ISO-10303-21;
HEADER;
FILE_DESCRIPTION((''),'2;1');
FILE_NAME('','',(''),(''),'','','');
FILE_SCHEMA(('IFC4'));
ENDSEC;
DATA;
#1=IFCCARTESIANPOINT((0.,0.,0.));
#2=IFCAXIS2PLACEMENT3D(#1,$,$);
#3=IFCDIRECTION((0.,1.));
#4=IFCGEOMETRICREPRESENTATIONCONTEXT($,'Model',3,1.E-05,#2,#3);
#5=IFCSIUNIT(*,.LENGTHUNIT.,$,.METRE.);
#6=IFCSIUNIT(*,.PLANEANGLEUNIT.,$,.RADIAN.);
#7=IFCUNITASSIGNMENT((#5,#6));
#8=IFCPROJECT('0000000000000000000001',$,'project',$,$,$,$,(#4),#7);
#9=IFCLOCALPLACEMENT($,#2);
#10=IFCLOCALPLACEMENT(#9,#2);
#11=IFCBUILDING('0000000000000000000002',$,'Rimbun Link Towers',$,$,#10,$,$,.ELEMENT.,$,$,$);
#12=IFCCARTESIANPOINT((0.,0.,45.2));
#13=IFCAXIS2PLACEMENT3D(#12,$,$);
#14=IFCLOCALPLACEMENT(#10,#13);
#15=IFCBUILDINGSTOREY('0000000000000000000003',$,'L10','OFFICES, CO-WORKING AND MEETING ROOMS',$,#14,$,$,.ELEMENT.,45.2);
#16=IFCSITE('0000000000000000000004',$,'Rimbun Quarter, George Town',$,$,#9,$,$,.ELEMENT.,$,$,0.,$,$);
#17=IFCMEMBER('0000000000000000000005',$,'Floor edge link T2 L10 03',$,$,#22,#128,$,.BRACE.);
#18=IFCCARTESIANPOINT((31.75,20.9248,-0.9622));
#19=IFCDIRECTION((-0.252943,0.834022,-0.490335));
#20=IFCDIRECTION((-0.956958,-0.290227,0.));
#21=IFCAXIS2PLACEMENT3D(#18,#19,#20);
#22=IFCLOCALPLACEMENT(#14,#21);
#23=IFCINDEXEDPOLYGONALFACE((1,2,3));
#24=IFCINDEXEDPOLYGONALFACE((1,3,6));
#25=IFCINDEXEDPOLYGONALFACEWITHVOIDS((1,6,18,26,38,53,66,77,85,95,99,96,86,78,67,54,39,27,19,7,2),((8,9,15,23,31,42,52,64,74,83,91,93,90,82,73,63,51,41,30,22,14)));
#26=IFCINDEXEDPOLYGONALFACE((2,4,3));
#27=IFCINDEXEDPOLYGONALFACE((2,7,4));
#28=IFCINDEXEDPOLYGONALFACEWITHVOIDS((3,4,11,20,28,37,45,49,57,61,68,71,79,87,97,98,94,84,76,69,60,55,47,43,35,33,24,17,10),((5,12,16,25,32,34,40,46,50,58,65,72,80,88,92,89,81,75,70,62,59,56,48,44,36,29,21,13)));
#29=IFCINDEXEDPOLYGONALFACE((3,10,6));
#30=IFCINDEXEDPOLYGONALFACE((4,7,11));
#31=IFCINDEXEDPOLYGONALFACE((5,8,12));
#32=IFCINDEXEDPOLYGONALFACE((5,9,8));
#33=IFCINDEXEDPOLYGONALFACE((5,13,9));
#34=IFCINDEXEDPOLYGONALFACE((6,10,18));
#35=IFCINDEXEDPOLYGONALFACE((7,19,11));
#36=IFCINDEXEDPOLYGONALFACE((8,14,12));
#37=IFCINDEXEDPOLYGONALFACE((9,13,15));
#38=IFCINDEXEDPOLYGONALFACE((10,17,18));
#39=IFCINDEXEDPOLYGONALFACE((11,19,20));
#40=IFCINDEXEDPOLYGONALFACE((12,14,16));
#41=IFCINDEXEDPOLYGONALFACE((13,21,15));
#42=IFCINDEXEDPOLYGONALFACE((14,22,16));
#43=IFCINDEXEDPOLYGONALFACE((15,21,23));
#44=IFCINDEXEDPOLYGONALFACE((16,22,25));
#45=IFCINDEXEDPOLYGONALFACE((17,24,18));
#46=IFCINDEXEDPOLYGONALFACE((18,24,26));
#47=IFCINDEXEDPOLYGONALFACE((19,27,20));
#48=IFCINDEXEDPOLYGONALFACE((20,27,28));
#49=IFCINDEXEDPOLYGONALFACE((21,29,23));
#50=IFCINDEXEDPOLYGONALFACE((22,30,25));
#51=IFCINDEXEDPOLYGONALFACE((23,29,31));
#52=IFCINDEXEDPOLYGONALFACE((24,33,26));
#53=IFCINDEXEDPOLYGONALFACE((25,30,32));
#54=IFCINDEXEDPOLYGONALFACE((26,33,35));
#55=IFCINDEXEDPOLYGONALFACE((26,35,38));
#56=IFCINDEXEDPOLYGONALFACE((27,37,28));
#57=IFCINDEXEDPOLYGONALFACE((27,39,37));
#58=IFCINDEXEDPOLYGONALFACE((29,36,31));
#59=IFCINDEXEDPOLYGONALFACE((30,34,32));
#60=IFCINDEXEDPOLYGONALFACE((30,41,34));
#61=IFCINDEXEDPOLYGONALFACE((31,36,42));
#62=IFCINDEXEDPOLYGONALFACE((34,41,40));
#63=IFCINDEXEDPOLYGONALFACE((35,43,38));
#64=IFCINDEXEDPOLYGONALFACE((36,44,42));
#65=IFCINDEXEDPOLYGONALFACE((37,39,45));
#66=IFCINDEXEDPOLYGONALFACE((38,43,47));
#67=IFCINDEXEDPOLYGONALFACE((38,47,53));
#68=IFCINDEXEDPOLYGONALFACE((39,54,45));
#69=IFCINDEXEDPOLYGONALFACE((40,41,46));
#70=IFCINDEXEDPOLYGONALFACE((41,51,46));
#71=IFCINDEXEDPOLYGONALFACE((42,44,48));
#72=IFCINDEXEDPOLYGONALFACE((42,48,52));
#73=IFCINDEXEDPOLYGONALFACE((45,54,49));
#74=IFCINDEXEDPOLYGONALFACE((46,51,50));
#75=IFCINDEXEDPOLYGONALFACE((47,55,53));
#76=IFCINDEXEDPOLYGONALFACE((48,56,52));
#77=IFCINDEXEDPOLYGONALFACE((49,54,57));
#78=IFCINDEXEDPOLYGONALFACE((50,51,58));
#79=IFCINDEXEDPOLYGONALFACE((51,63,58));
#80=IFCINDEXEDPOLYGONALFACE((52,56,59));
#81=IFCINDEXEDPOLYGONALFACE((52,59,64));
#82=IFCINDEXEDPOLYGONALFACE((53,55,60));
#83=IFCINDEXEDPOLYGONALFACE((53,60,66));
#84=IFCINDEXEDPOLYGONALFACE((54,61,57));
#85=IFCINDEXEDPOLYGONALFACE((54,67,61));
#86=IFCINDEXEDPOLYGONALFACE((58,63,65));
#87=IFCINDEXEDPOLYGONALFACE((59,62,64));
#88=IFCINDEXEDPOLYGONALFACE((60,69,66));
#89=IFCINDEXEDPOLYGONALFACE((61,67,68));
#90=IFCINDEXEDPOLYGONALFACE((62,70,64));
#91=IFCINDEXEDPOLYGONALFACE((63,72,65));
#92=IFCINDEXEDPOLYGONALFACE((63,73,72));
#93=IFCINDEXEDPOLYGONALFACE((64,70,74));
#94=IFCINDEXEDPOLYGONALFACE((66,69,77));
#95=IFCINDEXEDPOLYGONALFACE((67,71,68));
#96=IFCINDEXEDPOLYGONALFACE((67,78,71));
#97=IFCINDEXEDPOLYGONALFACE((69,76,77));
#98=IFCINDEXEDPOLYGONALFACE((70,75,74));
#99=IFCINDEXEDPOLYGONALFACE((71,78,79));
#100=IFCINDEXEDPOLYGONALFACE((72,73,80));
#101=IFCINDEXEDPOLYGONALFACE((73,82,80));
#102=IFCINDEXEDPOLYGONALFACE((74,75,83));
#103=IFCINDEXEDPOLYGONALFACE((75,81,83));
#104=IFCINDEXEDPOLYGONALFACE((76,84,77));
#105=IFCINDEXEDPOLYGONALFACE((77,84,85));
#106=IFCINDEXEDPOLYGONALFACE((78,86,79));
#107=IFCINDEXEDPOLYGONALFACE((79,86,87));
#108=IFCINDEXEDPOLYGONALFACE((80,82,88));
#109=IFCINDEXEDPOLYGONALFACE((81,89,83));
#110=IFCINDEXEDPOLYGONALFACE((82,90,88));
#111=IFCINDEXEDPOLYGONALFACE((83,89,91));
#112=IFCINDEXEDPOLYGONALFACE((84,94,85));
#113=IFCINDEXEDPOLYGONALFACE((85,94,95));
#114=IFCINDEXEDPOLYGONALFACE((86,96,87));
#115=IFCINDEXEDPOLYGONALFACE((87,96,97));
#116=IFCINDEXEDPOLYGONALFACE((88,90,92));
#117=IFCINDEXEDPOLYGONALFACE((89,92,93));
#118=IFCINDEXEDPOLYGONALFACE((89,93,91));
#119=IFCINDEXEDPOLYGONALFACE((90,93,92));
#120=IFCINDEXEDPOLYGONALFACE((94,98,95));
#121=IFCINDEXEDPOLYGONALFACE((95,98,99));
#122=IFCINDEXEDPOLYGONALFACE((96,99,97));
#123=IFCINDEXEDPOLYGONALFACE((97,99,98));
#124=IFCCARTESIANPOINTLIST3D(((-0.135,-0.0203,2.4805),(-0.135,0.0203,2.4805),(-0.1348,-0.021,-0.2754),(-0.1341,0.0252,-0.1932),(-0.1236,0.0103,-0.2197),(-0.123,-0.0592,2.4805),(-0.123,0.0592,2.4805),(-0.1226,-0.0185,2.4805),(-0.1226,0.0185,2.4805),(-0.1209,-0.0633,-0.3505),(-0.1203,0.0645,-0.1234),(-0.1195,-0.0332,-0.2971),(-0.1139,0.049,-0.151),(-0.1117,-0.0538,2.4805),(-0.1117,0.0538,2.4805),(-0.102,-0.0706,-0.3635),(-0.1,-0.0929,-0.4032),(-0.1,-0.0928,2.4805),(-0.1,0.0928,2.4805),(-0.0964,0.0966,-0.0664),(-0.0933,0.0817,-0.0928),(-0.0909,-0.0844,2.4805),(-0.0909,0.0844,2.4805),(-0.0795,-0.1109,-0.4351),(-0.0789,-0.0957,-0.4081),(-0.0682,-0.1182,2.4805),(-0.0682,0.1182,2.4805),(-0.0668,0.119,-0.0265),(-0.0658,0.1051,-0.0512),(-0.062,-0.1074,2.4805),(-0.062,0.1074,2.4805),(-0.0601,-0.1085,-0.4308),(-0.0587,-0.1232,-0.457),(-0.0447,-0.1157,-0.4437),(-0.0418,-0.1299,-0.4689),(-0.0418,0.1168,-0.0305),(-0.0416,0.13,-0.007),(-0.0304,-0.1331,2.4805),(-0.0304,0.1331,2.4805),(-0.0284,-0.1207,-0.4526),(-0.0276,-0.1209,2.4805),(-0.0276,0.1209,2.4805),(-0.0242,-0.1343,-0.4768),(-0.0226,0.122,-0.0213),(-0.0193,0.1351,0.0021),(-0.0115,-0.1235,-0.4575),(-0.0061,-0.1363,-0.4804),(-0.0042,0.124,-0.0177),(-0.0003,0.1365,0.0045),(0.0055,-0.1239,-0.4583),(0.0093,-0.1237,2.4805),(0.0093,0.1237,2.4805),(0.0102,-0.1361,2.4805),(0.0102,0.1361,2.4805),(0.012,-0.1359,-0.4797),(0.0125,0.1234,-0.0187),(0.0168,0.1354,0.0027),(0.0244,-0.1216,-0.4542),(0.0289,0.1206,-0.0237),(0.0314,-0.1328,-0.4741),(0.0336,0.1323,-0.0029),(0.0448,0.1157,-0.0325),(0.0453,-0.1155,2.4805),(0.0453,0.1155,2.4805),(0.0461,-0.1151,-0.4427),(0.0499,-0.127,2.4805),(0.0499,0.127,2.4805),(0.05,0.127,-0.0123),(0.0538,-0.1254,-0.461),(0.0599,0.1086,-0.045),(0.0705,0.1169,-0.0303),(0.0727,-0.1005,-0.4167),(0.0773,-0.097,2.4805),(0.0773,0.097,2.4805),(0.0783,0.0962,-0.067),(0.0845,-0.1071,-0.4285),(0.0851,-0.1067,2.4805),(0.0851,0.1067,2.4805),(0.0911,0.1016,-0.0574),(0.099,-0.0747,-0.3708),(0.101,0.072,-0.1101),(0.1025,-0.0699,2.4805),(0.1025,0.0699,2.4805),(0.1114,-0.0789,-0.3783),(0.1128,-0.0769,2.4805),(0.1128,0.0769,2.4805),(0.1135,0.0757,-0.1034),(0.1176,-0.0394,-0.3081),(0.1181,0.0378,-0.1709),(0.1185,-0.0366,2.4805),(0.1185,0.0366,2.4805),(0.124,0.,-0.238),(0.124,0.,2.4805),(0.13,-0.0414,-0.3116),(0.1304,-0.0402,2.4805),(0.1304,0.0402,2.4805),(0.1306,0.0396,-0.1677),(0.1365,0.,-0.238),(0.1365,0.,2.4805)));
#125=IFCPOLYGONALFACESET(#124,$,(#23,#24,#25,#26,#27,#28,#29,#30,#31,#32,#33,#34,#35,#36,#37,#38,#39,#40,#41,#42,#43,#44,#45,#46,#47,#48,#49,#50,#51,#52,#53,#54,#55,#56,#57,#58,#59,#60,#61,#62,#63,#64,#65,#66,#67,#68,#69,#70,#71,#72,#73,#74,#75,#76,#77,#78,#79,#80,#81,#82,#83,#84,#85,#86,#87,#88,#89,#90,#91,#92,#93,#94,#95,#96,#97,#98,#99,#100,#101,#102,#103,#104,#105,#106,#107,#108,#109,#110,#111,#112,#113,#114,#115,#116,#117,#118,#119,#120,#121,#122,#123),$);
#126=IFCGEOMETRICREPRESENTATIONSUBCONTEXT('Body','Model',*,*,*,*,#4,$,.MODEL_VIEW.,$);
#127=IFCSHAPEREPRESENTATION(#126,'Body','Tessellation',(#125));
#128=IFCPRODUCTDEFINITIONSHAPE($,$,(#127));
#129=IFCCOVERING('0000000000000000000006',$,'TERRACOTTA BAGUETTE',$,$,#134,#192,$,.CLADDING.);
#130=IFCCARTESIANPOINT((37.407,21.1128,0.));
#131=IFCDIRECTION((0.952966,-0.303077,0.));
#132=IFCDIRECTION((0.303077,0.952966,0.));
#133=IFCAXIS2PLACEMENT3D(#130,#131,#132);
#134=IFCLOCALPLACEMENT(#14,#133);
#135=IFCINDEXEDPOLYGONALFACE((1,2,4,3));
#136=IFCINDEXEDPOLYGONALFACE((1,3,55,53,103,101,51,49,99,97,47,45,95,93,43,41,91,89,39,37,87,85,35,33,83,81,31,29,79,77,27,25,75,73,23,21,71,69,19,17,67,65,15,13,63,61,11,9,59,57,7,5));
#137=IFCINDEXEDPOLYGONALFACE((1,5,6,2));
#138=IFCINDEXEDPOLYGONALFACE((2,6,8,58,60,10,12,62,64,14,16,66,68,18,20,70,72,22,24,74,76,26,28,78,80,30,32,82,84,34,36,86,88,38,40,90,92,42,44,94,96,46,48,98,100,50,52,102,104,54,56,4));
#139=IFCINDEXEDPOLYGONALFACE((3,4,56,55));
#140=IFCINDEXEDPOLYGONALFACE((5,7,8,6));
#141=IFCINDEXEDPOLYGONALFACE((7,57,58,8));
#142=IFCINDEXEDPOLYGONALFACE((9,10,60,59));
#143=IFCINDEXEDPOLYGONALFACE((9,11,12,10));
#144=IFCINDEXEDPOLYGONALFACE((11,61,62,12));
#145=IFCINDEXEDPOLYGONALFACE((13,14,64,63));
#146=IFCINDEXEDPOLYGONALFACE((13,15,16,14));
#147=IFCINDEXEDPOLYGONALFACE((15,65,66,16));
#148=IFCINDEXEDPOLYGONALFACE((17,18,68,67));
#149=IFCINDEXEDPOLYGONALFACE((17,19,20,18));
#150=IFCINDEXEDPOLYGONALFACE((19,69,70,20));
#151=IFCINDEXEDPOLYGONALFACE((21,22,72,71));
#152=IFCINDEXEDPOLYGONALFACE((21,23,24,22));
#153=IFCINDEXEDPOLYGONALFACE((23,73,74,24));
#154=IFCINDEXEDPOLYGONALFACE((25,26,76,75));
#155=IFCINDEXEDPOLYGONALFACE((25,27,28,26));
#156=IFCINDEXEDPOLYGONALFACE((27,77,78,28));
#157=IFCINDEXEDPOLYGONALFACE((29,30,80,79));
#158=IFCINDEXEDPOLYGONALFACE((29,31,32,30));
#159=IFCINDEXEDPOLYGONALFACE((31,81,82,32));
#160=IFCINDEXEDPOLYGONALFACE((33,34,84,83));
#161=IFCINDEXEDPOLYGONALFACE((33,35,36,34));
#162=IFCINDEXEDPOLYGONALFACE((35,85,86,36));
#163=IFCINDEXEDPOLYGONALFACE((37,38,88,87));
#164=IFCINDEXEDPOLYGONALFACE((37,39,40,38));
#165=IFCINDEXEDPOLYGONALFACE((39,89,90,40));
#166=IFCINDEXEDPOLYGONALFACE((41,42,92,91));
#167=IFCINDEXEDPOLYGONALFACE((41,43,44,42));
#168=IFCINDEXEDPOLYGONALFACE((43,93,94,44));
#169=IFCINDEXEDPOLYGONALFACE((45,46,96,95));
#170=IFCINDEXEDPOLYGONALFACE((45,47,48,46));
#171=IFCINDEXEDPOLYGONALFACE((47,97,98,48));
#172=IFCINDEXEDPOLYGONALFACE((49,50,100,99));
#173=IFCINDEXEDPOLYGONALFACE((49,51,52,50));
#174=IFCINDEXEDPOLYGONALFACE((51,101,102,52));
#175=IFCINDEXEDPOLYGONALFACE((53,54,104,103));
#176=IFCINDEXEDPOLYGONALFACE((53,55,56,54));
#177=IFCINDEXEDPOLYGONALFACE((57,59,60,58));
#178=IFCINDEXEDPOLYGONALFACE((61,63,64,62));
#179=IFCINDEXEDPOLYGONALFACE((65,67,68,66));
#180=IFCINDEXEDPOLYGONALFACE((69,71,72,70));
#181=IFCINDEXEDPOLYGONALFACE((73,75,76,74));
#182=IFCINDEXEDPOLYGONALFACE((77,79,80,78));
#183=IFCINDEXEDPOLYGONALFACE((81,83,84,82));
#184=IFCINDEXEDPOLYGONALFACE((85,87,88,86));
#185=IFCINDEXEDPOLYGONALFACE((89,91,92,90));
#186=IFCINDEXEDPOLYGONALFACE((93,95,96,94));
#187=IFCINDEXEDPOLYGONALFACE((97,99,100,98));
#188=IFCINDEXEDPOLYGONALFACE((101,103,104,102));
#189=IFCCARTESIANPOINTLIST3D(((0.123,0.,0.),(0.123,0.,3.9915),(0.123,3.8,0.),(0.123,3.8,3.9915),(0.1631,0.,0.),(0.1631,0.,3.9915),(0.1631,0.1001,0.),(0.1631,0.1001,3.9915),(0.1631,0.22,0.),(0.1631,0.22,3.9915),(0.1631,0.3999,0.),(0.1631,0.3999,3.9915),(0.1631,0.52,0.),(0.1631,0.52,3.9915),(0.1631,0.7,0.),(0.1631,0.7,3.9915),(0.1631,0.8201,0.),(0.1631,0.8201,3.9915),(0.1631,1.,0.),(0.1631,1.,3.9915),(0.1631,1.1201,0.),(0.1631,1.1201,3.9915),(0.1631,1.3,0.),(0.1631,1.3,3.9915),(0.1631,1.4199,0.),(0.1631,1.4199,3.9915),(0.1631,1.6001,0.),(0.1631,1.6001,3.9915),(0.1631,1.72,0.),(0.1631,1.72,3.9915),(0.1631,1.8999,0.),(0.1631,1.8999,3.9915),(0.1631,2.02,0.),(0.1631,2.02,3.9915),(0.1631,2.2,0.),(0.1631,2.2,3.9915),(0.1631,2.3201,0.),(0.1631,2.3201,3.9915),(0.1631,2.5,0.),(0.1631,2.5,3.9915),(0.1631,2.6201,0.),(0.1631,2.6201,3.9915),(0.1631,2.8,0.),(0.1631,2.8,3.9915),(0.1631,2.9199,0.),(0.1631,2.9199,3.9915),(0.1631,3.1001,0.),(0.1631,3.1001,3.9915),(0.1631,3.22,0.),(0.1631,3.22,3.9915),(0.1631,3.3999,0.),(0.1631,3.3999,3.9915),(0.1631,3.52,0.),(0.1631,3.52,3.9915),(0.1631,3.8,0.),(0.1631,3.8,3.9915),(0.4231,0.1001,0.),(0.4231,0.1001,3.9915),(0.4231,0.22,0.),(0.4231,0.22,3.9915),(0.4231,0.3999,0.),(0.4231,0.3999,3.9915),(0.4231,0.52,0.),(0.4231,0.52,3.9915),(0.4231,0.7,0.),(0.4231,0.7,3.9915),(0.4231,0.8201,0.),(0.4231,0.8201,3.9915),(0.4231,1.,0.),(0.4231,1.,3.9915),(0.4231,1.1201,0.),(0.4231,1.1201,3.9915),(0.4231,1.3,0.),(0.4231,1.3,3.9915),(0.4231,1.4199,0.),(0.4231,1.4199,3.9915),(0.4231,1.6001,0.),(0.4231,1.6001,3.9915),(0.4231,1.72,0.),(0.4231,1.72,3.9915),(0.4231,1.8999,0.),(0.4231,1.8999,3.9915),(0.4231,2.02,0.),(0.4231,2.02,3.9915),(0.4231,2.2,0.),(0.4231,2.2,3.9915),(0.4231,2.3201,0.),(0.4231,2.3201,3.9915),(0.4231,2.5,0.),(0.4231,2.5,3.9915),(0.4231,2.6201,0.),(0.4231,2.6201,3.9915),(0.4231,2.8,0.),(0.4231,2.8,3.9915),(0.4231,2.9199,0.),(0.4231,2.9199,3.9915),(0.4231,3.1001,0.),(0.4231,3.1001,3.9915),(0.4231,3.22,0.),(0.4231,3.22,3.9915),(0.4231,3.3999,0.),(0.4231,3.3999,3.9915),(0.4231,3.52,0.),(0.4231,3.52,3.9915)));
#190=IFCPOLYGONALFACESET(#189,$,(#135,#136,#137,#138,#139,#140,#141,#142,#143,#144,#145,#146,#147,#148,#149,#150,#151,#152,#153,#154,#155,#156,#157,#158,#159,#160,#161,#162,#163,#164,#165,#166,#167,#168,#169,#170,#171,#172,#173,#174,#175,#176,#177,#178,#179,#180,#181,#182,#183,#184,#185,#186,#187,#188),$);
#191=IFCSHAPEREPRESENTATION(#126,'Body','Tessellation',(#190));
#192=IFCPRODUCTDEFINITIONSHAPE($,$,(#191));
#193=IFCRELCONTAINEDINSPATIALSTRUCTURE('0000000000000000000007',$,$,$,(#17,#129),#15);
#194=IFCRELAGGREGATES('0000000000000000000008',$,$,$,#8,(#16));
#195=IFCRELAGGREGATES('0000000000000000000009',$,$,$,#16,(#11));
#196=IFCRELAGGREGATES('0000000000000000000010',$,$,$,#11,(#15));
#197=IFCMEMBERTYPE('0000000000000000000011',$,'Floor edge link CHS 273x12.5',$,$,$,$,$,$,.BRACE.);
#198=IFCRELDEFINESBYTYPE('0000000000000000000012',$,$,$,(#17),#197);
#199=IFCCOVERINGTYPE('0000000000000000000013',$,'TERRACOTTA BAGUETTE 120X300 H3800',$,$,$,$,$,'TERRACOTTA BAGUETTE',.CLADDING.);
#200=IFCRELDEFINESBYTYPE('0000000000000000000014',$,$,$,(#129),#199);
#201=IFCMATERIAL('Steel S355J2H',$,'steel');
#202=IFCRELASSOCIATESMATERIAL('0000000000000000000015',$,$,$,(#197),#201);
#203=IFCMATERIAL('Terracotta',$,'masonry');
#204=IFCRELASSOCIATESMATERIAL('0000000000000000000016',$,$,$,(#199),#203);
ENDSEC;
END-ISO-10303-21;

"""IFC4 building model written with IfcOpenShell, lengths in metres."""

from ifc_helpers import new_model, si_unit, direction, frame, origin, origin_2d, place, context, subcontext, project, spatial, polyline, hollow_circle, outline, extrude, clip, halfspace, material, material_profile, profile_set, type_object, element, save


model = new_model("IFC4")

# Units and contexts
model_context = context("Model", 3, precision=1e-05, world=origin(), true_north=direction((0.0, 1.0)))
body_context = subcontext(model_context, "Body", "Model", "MODEL_VIEW")
ifc_project = project(units=[si_unit("LENGTHUNIT", "METRE"), si_unit("PLANEANGLEUNIT", "RADIAN")], contexts=[model_context])

# Site, building, storey
site_placement = place(None, origin())
site = spatial("IfcSite", under=ifc_project, at=site_placement, Name="Rimbun Quarter, George Town", CompositionType="ELEMENT", RefElevation=0.0)
building_placement = place(site_placement, origin())
building = spatial("IfcBuilding", under=site, at=building_placement, Name="Rimbun Link Towers", CompositionType="ELEMENT")
storey_placement = place(building_placement, frame((0.0, 0.0, 45.2)))
storey = spatial("IfcBuildingStorey", under=building, at=storey_placement, Name="L10", Description="OFFICES, CO-WORKING AND MEETING ROOMS", CompositionType="ELEMENT", Elevation=45.2)

# Member
ifc_material_1 = material(Name="Steel S355J2H", Category="steel")
ifc_material_profile_1 = material_profile(ifc_material_1, hollow_circle(Radius=0.1365, WallThickness=0.0125, at=origin_2d()), Name="CHS 273x12.5")
ifc_profile_set_1 = profile_set([ifc_material_profile_1], Name="Steel S355J2H")
member_type_1 = type_object("IfcMemberType", Name="Floor edge link CHS 273x12.5", PredefinedType="BRACE", material=ifc_profile_set_1)
member_1_placement = place(storey_placement, frame((31.75, 20.9248, -0.9622), z_axis=(-0.252943, 0.834022, -0.490335), x_axis=(-0.956958, -0.290227, 0.0)))
element("IfcMember", 1, at=member_1_placement, inside=storey, type_object=member_type_1, Name="Floor edge link T2 L10 03", PredefinedType="BRACE", context=body_context, shape_type="Clipping", body=[
    clip(extrude(hollow_circle(Radius=0.1365, WallThickness=0.0125, at=origin_2d()), frame((0.0, 0.0, -0.5056)), (0.0, 0.0, 1.0), 2.9861), halfspace(frame((0.0, 0.0, -0.238), z_axis=(0.0, 0.871534, -0.490335)), False)),
])

# Covering
ifc_material_2 = material(Name="Terracotta", Category="masonry")
ifc_material_profile_2 = material_profile(ifc_material_2, outline(polyline([(0.123, 0.0), (0.1631, 0.0), (0.1631, 0.1001), (0.4231, 0.1001), (0.4231, 0.22), (0.1631, 0.22), (0.1631, 0.3999), (0.4231, 0.3999), (0.4231, 0.52), (0.1631, 0.52), (0.1631, 0.7), (0.4231, 0.7), (0.4231, 0.8201), (0.1631, 0.8201), (0.1631, 1.0), (0.4231, 1.0), (0.4231, 1.1201), (0.1631, 1.1201), (0.1631, 1.3), (0.4231, 1.3), (0.4231, 1.4199), (0.1631, 1.4199), (0.1631, 1.6001), (0.4231, 1.6001), (0.4231, 1.72), (0.1631, 1.72), (0.1631, 1.8999), (0.4231, 1.8999), (0.4231, 2.02), (0.1631, 2.02), (0.1631, 2.2), (0.4231, 2.2), (0.4231, 2.3201), (0.1631, 2.3201), (0.1631, 2.5), (0.4231, 2.5), (0.4231, 2.6201), (0.1631, 2.6201), (0.1631, 2.8), (0.4231, 2.8), (0.4231, 2.9199), (0.1631, 2.9199), (0.1631, 3.1001), (0.4231, 3.1001), (0.4231, 3.22), (0.1631, 3.22), (0.1631, 3.3999), (0.4231, 3.3999), (0.4231, 3.52), (0.1631, 3.52), (0.1631, 3.8), (0.123, 3.8), (0.123, 0.0)])), Name="BAGUETTE 120X300")
ifc_profile_set_2 = profile_set([ifc_material_profile_2], Name="Terracotta")
covering_type = type_object("IfcCoveringType", Name="TERRACOTTA BAGUETTE 120X300 H3800", ElementType="TERRACOTTA BAGUETTE", PredefinedType="CLADDING", material=ifc_profile_set_2)
covering_1_placement = place(storey_placement, frame((37.407, 21.1128, 0.0), z_axis=(0.952966, -0.303077, 0.0), x_axis=(0.303077, 0.952966, 0.0)))
element("IfcCovering", 2, at=covering_1_placement, inside=storey, type_object=covering_type, Name="TERRACOTTA BAGUETTE", PredefinedType="CLADDING", context=body_context, shape_type="SweptSolid", body=[
    extrude(outline(polyline([(0.123, 0.0), (0.1631, 0.0), (0.1631, 0.1001), (0.4231, 0.1001), (0.4231, 0.22), (0.1631, 0.22), (0.1631, 0.3999), (0.4231, 0.3999), (0.4231, 0.52), (0.1631, 0.52), (0.1631, 0.7), (0.4231, 0.7), (0.4231, 0.8201), (0.1631, 0.8201), (0.1631, 1.0), (0.4231, 1.0), (0.4231, 1.1201), (0.1631, 1.1201), (0.1631, 1.3), (0.4231, 1.3), (0.4231, 1.4199), (0.1631, 1.4199), (0.1631, 1.6001), (0.4231, 1.6001), (0.4231, 1.72), (0.1631, 1.72), (0.1631, 1.8999), (0.4231, 1.8999), (0.4231, 2.02), (0.1631, 2.02), (0.1631, 2.2), (0.4231, 2.2), (0.4231, 2.3201), (0.1631, 2.3201), (0.1631, 2.5), (0.4231, 2.5), (0.4231, 2.6201), (0.1631, 2.6201), (0.1631, 2.8), (0.4231, 2.8), (0.4231, 2.9199), (0.1631, 2.9199), (0.1631, 3.1001), (0.4231, 3.1001), (0.4231, 3.22), (0.1631, 3.22), (0.1631, 3.3999), (0.4231, 3.3999), (0.4231, 3.52), (0.1631, 3.52), (0.1631, 3.8), (0.123, 3.8), (0.123, 0.0)])), origin(), (0.0, 0.0, 1.0), 3.9915),
])

save(model, "model.ifc")
